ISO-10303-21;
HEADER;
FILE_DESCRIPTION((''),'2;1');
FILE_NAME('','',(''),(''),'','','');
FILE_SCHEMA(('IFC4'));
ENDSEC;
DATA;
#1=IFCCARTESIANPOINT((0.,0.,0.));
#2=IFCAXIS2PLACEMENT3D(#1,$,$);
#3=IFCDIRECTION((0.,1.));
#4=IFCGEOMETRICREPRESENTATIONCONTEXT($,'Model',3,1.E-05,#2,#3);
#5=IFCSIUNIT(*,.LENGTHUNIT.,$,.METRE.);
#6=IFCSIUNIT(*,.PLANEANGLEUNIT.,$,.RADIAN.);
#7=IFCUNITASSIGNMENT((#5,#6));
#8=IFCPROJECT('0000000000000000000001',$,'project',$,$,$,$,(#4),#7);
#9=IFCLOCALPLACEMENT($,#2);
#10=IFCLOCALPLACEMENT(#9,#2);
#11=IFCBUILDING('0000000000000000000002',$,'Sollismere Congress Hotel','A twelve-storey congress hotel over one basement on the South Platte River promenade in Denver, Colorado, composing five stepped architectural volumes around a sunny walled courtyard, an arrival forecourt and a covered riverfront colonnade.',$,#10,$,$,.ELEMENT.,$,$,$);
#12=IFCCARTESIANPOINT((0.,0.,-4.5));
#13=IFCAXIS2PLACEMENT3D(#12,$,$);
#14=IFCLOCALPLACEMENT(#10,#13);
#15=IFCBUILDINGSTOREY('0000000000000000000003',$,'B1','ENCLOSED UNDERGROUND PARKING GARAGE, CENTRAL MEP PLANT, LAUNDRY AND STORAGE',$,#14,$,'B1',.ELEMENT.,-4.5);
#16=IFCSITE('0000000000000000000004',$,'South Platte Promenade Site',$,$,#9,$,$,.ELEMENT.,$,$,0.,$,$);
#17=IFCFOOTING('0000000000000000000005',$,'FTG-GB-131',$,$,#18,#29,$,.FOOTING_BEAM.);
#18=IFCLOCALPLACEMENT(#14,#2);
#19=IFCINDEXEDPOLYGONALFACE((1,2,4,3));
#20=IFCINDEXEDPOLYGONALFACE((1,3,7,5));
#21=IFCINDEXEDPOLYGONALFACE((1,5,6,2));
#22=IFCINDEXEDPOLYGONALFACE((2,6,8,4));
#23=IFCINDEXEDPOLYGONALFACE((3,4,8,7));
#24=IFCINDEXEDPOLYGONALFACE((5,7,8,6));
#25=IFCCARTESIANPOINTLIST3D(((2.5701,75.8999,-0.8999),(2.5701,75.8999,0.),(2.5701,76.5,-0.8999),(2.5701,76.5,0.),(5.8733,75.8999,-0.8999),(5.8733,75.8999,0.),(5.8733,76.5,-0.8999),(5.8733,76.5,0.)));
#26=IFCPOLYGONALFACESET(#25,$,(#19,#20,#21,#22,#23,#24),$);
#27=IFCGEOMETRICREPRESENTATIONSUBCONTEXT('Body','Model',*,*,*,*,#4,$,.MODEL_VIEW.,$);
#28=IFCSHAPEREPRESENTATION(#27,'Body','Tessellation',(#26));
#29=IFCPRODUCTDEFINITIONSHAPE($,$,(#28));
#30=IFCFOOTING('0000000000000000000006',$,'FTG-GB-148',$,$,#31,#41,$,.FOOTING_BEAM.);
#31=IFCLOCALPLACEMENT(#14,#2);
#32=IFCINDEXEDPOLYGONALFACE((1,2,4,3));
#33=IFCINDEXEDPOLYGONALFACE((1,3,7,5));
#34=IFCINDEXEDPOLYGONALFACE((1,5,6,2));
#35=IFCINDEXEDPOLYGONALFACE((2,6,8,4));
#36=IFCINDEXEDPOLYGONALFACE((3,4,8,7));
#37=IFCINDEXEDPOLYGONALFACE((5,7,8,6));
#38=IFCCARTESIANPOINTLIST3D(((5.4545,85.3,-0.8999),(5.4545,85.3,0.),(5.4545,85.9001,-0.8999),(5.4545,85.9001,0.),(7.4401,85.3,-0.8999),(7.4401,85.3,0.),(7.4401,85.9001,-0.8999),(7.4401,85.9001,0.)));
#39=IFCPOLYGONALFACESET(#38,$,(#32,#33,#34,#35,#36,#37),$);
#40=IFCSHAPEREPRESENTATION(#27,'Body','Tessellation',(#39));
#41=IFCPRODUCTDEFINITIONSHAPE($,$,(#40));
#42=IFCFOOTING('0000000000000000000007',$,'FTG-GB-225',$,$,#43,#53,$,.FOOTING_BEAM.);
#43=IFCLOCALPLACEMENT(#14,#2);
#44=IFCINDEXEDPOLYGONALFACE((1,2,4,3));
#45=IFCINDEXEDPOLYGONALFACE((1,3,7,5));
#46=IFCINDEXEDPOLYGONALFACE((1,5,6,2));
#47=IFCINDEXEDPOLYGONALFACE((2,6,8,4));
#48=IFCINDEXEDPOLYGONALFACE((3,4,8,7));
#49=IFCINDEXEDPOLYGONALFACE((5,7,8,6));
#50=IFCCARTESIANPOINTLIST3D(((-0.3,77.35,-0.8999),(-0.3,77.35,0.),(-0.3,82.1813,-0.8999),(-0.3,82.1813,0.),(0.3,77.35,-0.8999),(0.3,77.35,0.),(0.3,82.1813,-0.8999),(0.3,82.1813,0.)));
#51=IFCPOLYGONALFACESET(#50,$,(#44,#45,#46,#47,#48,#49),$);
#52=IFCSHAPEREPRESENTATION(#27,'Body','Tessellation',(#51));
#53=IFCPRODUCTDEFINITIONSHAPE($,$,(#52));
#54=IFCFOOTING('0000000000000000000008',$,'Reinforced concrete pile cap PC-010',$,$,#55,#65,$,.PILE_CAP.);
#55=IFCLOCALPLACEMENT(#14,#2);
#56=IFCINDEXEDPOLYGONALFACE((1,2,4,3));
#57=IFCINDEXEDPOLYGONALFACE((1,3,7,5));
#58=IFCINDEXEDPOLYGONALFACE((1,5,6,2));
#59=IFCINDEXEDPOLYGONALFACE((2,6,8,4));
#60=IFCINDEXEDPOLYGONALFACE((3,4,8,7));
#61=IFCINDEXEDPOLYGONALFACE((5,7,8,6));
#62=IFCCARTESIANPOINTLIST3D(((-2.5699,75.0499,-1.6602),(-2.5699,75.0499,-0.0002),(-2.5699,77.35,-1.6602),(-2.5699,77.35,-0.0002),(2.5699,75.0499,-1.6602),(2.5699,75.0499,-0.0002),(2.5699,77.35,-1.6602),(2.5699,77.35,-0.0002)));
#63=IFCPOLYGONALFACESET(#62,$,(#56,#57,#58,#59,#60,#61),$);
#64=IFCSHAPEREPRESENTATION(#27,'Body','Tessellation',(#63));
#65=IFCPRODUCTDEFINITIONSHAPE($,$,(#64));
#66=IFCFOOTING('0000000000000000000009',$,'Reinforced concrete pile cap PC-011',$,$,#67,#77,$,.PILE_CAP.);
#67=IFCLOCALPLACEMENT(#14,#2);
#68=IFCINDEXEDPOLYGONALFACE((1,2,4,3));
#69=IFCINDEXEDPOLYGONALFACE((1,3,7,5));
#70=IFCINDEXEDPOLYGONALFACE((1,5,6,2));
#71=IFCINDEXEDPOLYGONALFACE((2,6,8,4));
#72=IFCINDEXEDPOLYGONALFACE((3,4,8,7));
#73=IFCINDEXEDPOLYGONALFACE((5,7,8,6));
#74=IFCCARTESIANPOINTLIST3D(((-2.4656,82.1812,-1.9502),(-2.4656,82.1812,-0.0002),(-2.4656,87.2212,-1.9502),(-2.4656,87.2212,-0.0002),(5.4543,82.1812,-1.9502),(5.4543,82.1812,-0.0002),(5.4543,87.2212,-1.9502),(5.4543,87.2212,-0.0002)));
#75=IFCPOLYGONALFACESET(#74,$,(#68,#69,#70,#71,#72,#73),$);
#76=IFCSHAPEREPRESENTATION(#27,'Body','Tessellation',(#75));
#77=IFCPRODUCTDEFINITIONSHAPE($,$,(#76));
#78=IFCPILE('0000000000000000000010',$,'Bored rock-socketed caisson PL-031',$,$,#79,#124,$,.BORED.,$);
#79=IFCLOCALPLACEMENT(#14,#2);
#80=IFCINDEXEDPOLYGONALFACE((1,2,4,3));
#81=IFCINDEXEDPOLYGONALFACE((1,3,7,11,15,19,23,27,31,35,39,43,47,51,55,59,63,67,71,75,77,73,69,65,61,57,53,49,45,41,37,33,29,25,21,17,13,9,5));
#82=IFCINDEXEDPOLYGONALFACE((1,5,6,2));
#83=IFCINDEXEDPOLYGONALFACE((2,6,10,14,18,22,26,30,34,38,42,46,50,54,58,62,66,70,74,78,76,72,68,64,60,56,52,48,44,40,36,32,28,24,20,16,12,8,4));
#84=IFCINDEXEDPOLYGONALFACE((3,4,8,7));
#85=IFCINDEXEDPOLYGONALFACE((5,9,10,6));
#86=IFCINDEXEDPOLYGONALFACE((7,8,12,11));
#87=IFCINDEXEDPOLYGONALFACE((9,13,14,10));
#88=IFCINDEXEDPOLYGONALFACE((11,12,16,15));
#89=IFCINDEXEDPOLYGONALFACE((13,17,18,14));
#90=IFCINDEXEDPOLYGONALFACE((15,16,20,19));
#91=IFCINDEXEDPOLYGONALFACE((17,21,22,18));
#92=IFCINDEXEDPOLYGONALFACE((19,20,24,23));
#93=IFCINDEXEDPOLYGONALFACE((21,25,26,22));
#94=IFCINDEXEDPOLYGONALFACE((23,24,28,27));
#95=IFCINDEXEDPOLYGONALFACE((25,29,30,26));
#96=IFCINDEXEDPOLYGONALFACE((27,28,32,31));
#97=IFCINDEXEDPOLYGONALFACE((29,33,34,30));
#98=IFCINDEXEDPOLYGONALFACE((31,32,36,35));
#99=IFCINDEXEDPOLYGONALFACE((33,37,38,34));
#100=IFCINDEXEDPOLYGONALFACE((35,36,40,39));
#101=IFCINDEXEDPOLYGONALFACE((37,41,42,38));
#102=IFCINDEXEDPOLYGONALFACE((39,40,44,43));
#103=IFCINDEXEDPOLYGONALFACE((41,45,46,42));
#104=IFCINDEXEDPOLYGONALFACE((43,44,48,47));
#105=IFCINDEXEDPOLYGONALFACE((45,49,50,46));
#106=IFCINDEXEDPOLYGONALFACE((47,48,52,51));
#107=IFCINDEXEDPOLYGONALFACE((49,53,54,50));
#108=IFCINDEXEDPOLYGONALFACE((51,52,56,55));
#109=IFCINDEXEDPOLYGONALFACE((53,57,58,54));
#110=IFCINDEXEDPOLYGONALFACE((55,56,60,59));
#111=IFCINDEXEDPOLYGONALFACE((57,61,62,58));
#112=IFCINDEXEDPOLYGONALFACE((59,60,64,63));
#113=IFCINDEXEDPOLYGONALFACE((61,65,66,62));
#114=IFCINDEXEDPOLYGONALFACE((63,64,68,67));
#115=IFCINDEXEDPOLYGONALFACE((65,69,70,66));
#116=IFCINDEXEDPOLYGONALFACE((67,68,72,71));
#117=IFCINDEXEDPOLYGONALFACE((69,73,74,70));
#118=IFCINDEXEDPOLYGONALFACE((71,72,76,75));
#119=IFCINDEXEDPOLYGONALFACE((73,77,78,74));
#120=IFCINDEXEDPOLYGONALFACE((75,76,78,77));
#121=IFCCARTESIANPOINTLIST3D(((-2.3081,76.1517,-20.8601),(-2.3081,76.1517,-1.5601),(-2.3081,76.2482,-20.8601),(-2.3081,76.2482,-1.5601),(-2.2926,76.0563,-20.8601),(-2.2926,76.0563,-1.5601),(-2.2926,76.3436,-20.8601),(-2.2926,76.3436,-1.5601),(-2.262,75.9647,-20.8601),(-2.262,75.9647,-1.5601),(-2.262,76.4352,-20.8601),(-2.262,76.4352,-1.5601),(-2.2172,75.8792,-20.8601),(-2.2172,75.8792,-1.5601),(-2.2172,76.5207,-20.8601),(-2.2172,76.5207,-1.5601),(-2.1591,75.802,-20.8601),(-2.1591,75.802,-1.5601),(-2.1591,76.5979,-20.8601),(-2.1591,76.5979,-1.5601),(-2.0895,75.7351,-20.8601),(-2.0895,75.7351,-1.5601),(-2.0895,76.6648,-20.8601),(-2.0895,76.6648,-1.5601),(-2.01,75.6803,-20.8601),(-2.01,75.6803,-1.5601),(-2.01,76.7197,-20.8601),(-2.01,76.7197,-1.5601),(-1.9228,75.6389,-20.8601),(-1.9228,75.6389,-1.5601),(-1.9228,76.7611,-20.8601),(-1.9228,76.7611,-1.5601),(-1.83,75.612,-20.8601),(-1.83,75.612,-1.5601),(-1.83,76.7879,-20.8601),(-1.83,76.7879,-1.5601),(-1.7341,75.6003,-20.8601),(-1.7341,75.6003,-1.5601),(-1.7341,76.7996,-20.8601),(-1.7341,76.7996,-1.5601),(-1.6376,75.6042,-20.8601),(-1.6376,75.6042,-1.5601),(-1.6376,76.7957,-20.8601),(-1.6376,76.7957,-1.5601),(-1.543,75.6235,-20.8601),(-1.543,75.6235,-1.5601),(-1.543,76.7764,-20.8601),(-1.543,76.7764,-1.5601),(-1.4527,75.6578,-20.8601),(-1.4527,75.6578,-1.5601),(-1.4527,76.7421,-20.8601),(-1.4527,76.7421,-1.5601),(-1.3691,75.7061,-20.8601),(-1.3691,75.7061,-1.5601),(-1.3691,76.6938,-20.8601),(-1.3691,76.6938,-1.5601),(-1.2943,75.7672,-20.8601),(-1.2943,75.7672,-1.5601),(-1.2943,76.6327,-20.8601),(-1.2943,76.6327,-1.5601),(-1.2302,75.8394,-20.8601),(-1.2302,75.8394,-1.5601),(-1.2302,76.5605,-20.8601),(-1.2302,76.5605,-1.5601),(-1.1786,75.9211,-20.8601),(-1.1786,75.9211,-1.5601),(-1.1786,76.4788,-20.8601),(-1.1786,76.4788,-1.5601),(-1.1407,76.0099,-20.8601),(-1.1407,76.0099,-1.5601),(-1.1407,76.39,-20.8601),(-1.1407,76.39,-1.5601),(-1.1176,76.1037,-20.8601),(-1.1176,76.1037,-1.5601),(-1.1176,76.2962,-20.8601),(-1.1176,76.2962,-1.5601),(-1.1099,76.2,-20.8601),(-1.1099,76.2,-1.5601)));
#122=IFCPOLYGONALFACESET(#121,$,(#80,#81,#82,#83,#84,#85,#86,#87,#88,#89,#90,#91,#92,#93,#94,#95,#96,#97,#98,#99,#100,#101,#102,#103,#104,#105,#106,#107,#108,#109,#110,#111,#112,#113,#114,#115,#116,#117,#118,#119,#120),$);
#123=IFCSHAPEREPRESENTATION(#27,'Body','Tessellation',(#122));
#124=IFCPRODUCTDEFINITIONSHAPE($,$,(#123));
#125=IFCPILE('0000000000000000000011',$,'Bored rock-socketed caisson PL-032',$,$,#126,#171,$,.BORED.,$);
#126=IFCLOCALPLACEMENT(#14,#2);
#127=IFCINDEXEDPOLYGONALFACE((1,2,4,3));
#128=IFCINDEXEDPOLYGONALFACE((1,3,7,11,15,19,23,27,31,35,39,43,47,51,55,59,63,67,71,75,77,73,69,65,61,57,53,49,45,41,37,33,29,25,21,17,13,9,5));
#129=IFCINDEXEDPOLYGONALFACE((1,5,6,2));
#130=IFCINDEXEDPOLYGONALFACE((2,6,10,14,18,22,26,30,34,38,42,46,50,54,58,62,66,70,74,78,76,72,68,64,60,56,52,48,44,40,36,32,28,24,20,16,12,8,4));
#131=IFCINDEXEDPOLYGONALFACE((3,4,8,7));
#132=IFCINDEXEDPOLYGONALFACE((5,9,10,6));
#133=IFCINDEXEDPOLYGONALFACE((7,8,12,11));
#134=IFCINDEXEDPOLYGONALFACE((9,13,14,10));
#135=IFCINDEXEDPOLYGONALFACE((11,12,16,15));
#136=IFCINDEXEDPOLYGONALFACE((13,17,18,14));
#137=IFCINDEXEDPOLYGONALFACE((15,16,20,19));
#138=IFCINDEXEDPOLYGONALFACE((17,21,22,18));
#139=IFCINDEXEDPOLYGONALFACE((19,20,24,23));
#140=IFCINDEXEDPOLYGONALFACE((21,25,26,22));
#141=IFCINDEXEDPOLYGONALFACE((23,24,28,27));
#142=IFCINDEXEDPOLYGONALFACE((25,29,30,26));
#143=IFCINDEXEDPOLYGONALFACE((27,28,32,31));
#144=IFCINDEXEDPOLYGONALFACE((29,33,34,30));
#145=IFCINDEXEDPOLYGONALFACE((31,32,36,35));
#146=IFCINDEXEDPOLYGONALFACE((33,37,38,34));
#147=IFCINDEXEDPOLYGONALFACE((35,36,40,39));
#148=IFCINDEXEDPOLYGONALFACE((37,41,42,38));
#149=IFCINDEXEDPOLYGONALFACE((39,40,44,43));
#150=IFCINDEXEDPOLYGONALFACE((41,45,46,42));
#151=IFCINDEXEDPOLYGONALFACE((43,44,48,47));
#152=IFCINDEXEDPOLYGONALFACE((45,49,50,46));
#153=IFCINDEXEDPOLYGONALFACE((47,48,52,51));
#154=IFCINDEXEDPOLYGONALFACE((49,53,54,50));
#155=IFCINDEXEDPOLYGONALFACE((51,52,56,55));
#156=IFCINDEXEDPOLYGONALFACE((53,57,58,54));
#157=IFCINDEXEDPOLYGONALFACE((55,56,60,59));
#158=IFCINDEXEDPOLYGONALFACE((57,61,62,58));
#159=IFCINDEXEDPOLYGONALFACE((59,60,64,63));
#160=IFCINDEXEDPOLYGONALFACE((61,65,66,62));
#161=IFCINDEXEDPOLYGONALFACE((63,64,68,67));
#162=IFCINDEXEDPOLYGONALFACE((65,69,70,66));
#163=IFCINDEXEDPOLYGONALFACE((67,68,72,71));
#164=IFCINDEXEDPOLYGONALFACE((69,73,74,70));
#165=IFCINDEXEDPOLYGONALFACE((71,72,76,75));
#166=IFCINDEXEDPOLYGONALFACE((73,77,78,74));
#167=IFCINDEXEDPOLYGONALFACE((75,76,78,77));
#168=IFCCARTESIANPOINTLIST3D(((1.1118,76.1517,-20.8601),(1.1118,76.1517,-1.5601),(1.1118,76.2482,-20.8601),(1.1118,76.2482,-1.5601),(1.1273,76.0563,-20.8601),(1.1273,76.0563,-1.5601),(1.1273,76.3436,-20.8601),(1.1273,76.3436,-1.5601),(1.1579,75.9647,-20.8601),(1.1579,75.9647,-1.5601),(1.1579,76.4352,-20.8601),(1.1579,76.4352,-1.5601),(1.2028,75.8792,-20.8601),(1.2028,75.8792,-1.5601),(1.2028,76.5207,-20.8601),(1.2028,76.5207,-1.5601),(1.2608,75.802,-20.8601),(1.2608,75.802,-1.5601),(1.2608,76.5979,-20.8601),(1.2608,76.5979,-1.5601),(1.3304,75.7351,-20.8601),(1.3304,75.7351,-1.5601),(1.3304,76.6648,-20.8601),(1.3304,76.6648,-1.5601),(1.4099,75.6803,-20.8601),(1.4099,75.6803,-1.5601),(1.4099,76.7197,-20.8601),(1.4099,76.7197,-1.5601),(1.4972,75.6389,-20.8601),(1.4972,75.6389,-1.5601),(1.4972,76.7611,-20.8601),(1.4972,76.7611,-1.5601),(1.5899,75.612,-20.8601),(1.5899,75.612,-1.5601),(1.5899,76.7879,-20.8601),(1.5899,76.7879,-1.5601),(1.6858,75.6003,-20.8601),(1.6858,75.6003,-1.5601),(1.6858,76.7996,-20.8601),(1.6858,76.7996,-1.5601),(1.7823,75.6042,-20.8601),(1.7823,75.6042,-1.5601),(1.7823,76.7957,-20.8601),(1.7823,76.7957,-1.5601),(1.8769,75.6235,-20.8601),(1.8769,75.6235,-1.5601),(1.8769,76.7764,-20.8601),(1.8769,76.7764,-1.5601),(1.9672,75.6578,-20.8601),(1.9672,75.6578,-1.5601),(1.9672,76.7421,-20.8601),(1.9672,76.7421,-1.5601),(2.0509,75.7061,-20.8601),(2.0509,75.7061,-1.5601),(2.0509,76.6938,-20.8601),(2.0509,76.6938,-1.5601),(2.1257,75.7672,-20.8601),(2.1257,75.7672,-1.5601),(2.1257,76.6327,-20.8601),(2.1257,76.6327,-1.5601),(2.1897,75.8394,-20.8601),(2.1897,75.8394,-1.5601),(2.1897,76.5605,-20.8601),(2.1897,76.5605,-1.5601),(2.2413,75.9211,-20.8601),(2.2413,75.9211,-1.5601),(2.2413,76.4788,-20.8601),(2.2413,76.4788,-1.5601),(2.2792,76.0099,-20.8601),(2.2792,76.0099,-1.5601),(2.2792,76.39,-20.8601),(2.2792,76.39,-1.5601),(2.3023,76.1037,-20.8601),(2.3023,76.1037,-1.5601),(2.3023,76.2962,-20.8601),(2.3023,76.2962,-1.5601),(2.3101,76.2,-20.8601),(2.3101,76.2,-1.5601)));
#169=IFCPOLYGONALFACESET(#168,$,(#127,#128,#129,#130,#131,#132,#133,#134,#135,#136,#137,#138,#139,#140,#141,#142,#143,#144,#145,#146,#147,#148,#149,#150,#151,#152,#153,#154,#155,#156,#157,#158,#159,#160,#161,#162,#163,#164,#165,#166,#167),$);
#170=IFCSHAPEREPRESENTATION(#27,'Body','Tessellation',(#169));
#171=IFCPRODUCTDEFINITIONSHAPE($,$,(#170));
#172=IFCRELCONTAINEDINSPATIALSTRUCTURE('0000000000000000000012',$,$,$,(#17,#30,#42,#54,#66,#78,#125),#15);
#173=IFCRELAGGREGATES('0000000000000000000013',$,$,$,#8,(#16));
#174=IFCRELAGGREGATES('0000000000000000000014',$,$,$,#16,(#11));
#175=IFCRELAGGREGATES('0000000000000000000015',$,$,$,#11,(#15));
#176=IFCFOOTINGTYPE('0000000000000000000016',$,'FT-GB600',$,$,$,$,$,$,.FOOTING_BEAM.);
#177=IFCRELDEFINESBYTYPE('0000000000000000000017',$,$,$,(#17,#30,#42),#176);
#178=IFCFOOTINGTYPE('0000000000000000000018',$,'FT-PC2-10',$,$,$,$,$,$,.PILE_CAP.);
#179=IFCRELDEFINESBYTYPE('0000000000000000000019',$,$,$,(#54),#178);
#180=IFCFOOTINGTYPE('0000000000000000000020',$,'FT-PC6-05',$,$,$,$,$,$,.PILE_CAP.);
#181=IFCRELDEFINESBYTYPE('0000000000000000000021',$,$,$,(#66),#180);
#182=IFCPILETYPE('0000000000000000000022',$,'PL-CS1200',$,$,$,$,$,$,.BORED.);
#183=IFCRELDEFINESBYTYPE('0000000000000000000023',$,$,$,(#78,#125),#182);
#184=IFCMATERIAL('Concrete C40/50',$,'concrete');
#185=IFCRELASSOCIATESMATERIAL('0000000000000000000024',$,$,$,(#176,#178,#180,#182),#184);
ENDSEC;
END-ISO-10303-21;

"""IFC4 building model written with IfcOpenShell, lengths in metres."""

from ifc_helpers import new_model, si_unit, direction, frame, origin, origin_2d, place, context, subcontext, project, spatial, rectangle, circle, extrude, material, material_profile, profile_set, type_object, element, save


model = new_model("IFC4")

# Units and contexts
model_context = context("Model", 3, precision=1e-05, world=origin(), true_north=direction((0.0, 1.0)))
body_context = subcontext(model_context, "Body", "Model", "MODEL_VIEW")
ifc_project = project(units=[si_unit("LENGTHUNIT", "METRE"), si_unit("PLANEANGLEUNIT", "RADIAN")], contexts=[model_context])

# Site, building, storey
site_placement = place(None, origin())
site = spatial("IfcSite", under=ifc_project, at=site_placement, Name="South Platte Promenade Site", CompositionType="ELEMENT", RefElevation=0.0)
building_placement = place(site_placement, origin())
building = spatial("IfcBuilding", under=site, at=building_placement, Name="Sollismere Congress Hotel", Description="A twelve-storey congress hotel over one basement on the South Platte River promenade in Denver, Colorado, composing five stepped architectural volumes around a sunny walled courtyard, an arrival forecourt and a covered riverfront colonnade.", CompositionType="ELEMENT")
storey_placement = place(building_placement, frame((0.0, 0.0, -4.5)))
storey = spatial("IfcBuildingStorey", under=building, at=storey_placement, Name="B1", Description="ENCLOSED UNDERGROUND PARKING GARAGE, CENTRAL MEP PLANT, LAUNDRY AND STORAGE", LongName="B1", CompositionType="ELEMENT", Elevation=-4.5)

# Footings
ifc_material_1 = material(Name="Concrete C40/50", Category="concrete")
footing_type_1 = type_object("IfcFootingType", Name="FT-GB600", PredefinedType="FOOTING_BEAM", material=ifc_material_1)
footing_1_placement = place(storey_placement, frame((4.2217, 76.2, -0.8999), z_axis=(0.0, 0.0, 1.0), x_axis=(1.0, 0.0, 0.0)))
element("IfcFooting", 1, at=footing_1_placement, inside=storey, type_object=footing_type_1, Name="FTG-GB-131", PredefinedType="FOOTING_BEAM", context=body_context, shape_type="SweptSolid", body=[
    extrude(rectangle(XDim=3.3032, YDim=0.6001, at=origin_2d()), origin(), (0.0, 0.0, 1.0), 0.8999),
])
footing_2_placement = place(storey_placement, frame((6.4473, 85.6001, -0.8999), z_axis=(0.0, 0.0, 1.0), x_axis=(1.0, 0.0, 0.0)))
element("IfcFooting", 2, at=footing_2_placement, inside=storey, type_object=footing_type_1, Name="FTG-GB-148", PredefinedType="FOOTING_BEAM", context=body_context, shape_type="SweptSolid", body=[
    extrude(rectangle(XDim=1.9856, YDim=0.6001, at=origin_2d()), origin(), (0.0, 0.0, 1.0), 0.8999),
])
footing_3_placement = place(storey_placement, frame((0.0, 79.7656, -0.8999), z_axis=(0.0, 0.0, 1.0), x_axis=(0.0, 1.0, 0.0)))
element("IfcFooting", 3, at=footing_3_placement, inside=storey, type_object=footing_type_1, Name="FTG-GB-225", PredefinedType="FOOTING_BEAM", context=body_context, shape_type="SweptSolid", body=[
    extrude(rectangle(XDim=4.8313, YDim=0.6001, at=origin_2d()), origin(), (0.0, 0.0, 1.0), 0.8999),
])
footing_type_2 = type_object("IfcFootingType", Name="FT-PC2-10", PredefinedType="PILE_CAP", material=ifc_material_1)
footing_4_placement = place(storey_placement, frame((0.0, 76.2, -1.6602), z_axis=(0.0, 0.0, 1.0), x_axis=(1.0, 0.0, 0.0)))
element("IfcFooting", 4, at=footing_4_placement, inside=storey, type_object=footing_type_2, Name="Reinforced concrete pile cap PC-010", PredefinedType="PILE_CAP", context=body_context, shape_type="SweptSolid", body=[
    extrude(rectangle(XDim=5.1399, YDim=2.3, at=origin_2d()), origin(), (0.0, 0.0, 1.0), 1.6599),
])
footing_type_3 = type_object("IfcFootingType", Name="FT-PC6-05", PredefinedType="PILE_CAP", material=ifc_material_1)
footing_5_placement = place(storey_placement, frame((1.4944, 84.7012, -1.9502), z_axis=(0.0, 0.0, 1.0), x_axis=(1.0, 0.0, 0.0)))
element("IfcFooting", 5, at=footing_5_placement, inside=storey, type_object=footing_type_3, Name="Reinforced concrete pile cap PC-011", PredefinedType="PILE_CAP", context=body_context, shape_type="SweptSolid", body=[
    extrude(rectangle(XDim=7.9199, YDim=5.04, at=origin_2d()), origin(), (0.0, 0.0, 1.0), 1.95),
])

# Piles
ifc_material_profile_1 = material_profile(ifc_material_1, circle(Radius=0.6001, at=origin_2d()), Name="CAISSON1200")
ifc_profile_set_1 = profile_set([ifc_material_profile_1], Name="Concrete C40/50")
pile_type = type_object("IfcPileType", Name="PL-CS1200", PredefinedType="BORED", material=ifc_profile_set_1)
for number, where, z_axis, x_axis, name in (
    (6, (-1.71, 76.2, -1.5601), (0.0, 0.0, -1.0), (1.0, 0.0, 0.0), "Bored rock-socketed caisson PL-031"),
    (7, (1.71, 76.2, -1.5601), (0.0, 0.0, -1.0), (1.0, 0.0, 0.0), "Bored rock-socketed caisson PL-032"),
):
    element("IfcPile", number, at=place(storey_placement, frame(where, z_axis=z_axis, x_axis=x_axis)), inside=storey, type_object=pile_type, Name=name, PredefinedType="BORED", context=body_context, shape_type="SweptSolid", body=[
        extrude(circle(Radius=0.6001, at=origin_2d()), origin(), (0.0, 0.0, 1.0), 19.3),
    ])

save(model, "model.ifc")
